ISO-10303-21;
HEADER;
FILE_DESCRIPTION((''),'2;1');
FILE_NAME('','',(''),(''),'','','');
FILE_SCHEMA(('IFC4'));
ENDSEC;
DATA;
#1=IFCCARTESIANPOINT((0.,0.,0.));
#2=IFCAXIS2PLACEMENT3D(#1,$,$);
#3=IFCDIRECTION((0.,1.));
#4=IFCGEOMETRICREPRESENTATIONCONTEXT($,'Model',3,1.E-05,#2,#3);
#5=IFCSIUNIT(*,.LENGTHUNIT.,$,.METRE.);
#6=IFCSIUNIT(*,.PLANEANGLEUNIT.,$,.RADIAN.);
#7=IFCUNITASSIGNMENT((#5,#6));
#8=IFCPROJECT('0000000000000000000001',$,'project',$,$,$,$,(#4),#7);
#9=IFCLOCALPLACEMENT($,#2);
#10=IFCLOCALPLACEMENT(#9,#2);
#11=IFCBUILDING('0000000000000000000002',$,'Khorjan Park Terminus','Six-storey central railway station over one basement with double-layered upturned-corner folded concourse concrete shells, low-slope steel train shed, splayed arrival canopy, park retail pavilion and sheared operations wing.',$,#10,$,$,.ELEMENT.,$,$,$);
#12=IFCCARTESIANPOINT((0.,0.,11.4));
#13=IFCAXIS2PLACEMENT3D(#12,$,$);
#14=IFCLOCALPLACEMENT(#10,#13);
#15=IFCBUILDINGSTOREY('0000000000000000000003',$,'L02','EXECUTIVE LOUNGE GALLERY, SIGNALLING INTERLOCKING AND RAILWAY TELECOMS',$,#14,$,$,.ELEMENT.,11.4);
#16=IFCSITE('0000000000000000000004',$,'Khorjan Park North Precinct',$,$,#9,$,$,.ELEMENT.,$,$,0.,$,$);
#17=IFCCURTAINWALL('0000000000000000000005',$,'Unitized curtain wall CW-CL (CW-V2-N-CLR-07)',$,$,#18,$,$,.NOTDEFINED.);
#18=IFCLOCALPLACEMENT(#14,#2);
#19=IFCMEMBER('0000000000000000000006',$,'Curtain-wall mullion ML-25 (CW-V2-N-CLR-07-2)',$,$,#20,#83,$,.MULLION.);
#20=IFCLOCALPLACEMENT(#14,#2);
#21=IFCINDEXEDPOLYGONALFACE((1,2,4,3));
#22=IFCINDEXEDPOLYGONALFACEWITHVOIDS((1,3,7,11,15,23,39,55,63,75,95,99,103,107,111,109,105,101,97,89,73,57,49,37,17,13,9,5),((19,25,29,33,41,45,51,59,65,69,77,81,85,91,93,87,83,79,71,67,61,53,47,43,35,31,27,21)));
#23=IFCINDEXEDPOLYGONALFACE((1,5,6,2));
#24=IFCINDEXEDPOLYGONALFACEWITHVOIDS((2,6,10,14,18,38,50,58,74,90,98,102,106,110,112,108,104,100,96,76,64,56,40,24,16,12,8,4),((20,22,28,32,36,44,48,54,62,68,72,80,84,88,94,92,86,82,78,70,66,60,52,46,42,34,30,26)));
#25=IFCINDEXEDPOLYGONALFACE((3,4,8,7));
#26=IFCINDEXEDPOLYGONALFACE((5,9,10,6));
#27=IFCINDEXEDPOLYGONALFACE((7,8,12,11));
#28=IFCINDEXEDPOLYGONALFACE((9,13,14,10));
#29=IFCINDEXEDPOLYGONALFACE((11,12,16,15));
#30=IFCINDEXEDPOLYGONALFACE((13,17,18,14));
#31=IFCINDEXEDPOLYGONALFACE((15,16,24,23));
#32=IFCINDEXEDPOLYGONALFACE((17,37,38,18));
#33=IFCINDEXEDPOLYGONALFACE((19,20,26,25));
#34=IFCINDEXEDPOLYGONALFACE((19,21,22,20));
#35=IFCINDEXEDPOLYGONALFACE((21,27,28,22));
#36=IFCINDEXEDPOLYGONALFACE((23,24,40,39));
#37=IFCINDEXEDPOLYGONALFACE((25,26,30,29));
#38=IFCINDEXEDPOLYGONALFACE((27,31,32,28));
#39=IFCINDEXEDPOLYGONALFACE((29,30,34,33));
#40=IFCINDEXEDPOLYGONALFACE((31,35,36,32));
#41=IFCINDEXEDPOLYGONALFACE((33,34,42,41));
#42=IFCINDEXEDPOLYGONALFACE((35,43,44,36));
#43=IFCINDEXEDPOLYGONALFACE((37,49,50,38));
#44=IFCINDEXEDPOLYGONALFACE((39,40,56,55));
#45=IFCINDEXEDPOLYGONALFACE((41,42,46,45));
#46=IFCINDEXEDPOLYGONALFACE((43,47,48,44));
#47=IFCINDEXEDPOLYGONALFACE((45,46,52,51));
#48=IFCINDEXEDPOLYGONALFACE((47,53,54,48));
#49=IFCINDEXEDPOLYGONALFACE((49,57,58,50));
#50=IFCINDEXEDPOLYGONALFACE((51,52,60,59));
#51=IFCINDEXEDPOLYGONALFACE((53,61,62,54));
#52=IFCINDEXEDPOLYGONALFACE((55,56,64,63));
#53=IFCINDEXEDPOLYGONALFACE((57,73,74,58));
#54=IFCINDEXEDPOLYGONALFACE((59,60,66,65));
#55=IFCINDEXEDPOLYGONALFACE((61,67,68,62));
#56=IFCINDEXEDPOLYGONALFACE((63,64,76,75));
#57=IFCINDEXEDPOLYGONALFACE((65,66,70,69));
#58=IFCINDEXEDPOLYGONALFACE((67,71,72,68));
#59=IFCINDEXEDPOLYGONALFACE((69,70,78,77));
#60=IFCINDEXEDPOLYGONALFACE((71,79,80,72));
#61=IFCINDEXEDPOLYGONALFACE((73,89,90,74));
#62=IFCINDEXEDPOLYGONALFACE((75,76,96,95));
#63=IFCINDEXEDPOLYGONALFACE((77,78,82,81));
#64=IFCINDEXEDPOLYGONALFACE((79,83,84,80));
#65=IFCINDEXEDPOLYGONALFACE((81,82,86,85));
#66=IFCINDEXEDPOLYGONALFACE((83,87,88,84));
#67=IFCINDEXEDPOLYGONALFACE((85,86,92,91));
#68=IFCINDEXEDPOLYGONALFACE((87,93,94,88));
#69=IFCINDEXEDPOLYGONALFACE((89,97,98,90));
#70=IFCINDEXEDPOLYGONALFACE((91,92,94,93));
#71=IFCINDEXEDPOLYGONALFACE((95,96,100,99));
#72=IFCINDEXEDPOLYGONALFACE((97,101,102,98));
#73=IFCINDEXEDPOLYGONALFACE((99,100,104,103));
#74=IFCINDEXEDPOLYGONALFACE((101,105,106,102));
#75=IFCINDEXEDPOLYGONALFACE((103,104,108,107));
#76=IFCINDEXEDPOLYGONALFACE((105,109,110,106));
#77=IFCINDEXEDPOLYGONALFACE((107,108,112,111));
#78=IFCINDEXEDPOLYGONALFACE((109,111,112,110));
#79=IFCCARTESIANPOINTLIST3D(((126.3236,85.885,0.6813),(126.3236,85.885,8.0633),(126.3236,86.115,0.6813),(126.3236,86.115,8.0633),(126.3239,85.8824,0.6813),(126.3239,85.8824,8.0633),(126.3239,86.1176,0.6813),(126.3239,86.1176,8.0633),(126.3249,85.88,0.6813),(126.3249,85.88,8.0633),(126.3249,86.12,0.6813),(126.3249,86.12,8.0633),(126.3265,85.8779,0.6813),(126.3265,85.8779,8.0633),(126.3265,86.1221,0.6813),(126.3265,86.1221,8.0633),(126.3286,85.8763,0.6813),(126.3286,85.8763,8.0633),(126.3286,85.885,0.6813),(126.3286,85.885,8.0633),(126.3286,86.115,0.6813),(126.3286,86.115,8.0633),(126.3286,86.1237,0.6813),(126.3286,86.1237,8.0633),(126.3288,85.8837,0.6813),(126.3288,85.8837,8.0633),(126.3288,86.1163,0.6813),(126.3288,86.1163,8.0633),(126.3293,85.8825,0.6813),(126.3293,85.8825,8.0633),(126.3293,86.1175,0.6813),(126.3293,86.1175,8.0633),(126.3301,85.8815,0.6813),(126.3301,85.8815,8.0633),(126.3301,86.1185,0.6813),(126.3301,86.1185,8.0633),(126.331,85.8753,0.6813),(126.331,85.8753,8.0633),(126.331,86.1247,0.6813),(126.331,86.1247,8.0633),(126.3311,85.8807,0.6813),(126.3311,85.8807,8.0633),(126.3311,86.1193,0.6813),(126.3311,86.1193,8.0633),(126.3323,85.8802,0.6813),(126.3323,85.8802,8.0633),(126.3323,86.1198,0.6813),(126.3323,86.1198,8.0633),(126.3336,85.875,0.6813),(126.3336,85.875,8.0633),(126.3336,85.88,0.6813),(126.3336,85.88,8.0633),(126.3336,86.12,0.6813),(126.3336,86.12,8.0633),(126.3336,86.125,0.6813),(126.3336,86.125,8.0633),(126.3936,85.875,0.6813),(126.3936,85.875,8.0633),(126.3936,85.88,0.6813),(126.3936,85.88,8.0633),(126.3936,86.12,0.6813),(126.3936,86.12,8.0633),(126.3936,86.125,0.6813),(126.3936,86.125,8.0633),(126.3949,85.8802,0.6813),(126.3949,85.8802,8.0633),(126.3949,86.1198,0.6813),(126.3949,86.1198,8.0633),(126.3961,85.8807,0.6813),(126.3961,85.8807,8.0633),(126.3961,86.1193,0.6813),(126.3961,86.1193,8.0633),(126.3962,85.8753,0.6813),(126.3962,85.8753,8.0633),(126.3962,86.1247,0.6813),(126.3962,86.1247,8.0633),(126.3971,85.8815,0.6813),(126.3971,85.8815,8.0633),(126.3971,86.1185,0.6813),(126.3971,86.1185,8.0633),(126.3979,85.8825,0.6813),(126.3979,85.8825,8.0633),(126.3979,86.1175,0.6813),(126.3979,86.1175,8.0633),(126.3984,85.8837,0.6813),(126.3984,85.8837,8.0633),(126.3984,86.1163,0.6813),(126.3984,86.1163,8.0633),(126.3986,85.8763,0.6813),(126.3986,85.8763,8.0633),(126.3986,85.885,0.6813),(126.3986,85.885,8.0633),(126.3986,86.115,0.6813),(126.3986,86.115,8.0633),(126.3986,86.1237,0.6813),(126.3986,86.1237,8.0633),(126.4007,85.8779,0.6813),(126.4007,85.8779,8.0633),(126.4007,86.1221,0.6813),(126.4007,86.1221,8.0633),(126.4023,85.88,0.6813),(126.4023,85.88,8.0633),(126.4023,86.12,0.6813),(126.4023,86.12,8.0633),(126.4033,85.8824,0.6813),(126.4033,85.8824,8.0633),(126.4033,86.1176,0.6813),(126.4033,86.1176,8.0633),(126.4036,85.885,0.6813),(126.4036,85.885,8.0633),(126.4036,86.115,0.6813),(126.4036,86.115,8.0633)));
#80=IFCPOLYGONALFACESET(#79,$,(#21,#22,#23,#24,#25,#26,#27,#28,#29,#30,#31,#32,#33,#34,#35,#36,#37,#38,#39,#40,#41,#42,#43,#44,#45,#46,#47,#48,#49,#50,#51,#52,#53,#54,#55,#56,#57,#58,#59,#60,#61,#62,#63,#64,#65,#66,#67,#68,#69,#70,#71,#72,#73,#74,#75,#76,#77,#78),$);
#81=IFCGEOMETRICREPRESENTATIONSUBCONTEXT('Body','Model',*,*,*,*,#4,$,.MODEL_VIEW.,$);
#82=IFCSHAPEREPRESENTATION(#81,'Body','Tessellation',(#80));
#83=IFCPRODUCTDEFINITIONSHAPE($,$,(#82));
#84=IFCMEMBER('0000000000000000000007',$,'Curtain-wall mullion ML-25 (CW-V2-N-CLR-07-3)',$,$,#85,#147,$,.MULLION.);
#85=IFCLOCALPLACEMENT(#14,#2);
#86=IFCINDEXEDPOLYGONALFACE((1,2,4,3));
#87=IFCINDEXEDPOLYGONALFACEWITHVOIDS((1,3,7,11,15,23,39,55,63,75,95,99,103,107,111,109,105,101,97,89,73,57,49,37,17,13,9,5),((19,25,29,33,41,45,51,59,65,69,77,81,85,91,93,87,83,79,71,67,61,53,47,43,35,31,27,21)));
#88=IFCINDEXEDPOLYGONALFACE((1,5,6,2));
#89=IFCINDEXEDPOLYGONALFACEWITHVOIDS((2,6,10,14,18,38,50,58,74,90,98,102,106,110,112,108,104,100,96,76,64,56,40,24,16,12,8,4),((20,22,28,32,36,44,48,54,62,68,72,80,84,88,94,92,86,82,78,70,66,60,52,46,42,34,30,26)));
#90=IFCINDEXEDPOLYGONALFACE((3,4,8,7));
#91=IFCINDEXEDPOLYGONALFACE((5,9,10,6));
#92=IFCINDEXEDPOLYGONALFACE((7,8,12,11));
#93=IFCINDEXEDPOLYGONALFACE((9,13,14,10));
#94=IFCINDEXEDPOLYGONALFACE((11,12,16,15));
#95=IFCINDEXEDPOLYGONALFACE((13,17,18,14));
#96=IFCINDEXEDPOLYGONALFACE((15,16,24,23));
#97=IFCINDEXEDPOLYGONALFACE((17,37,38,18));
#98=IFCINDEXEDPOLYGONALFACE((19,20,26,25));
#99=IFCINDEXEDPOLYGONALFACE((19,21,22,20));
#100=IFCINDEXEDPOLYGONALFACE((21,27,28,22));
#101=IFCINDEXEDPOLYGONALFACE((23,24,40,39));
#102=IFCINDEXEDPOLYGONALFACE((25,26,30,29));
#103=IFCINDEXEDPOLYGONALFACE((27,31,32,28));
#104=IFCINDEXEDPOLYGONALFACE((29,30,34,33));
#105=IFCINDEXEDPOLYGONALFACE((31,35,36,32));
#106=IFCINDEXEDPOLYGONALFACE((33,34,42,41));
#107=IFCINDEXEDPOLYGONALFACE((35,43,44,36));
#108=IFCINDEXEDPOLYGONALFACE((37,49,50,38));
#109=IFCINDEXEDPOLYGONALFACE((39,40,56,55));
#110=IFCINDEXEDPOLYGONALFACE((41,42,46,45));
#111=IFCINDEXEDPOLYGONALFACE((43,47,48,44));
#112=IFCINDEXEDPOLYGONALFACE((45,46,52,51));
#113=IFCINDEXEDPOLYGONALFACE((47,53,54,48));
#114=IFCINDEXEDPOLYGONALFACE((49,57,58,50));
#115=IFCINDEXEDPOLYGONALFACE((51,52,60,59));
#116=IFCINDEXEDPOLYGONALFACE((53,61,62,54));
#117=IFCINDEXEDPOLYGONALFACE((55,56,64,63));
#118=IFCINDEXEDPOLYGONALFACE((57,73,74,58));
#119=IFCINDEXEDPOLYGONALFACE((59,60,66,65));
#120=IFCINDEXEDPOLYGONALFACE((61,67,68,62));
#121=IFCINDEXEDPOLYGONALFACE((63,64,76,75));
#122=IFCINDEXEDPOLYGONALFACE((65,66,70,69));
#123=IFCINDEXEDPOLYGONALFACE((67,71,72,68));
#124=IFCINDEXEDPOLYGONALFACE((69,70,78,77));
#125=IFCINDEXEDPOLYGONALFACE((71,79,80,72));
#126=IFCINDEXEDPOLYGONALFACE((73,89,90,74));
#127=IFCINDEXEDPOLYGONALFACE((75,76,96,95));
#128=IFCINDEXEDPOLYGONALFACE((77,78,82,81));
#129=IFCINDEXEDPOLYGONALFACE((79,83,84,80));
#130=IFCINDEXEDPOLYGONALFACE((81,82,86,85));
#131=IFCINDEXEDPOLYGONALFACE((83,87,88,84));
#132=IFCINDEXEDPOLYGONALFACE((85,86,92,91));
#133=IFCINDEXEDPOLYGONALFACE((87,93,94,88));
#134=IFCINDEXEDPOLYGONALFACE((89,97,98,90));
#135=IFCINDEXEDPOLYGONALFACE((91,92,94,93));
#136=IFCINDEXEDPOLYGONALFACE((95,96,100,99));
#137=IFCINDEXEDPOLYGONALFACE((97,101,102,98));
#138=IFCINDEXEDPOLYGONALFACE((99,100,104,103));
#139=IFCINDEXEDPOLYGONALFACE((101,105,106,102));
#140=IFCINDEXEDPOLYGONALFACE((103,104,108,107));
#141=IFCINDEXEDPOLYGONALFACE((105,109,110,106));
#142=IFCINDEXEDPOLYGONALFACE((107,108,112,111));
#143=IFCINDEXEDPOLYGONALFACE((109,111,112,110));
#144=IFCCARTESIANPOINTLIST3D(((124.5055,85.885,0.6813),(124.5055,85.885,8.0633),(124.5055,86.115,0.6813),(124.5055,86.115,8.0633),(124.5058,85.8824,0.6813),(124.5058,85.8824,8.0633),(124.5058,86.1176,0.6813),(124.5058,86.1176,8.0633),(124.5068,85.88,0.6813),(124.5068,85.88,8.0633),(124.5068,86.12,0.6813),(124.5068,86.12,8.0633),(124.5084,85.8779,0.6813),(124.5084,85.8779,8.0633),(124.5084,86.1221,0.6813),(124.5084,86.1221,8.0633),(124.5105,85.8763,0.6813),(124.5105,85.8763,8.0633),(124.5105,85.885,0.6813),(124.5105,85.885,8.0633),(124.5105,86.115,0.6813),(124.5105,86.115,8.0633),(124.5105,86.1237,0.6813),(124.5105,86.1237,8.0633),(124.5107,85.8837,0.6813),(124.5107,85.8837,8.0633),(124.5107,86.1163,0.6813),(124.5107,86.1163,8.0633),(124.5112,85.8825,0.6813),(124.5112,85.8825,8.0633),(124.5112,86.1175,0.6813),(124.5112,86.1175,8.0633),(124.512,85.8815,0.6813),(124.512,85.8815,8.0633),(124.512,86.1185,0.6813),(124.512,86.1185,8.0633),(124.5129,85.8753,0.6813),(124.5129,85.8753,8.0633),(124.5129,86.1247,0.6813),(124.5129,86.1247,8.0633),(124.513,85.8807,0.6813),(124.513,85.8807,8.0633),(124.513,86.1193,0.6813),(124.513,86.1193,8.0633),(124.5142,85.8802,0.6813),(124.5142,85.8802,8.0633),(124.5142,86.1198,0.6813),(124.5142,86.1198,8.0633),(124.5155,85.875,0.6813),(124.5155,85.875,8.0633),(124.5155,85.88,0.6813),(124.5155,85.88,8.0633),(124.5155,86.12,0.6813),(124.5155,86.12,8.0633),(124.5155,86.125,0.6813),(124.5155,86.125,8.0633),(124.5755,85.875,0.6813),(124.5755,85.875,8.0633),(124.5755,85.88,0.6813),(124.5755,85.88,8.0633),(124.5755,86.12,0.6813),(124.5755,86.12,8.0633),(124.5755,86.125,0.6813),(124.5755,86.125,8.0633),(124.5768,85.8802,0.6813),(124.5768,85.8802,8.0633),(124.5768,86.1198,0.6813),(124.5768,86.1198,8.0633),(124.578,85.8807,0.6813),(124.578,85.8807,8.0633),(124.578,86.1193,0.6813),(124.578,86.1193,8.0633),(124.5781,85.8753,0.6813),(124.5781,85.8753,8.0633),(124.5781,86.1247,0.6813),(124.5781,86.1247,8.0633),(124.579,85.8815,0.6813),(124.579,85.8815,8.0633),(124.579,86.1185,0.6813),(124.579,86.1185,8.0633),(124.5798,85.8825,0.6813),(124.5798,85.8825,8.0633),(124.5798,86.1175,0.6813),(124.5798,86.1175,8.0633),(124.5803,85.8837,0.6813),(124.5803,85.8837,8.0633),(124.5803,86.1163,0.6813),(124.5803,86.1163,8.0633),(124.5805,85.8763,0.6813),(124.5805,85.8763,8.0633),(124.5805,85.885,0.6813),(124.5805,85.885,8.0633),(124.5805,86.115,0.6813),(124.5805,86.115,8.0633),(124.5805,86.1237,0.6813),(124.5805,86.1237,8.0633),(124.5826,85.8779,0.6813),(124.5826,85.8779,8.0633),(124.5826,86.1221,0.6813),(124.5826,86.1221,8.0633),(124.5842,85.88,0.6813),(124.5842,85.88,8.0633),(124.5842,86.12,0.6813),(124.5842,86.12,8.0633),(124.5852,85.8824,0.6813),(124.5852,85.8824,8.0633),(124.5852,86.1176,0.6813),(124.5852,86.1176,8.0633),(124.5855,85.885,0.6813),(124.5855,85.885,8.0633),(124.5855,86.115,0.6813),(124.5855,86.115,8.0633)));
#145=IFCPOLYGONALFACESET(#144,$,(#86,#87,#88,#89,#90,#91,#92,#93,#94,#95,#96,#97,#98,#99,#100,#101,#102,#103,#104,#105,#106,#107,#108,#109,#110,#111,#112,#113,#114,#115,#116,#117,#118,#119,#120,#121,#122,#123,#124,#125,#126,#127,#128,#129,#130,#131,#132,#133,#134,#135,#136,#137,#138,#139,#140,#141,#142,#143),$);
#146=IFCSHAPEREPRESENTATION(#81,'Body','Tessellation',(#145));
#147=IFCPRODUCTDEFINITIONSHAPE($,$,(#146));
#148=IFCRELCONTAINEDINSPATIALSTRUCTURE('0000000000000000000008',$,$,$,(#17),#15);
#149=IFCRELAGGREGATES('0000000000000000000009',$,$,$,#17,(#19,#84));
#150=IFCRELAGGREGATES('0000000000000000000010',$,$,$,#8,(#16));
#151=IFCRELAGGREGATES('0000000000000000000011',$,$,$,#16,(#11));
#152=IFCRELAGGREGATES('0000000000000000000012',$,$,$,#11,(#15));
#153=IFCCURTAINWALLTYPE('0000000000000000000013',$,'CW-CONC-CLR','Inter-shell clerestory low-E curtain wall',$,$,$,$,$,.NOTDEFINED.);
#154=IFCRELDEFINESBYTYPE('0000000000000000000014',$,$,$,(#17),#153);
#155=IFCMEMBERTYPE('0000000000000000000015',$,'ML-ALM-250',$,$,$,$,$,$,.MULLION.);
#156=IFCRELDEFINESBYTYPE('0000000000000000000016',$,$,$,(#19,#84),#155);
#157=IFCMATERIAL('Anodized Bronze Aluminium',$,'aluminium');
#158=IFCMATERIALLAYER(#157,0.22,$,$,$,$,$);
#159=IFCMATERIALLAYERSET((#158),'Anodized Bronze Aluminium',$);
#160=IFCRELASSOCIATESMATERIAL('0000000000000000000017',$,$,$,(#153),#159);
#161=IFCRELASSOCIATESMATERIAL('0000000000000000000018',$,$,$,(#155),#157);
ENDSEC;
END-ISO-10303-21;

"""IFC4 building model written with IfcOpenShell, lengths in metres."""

from ifc_helpers import new_model, si_unit, direction, frame, origin, origin_2d, place, context, subcontext, project, spatial, hollow_rectangle, extrude, material, layer, layer_set, material_profile, profile_set, type_object, element, aggregate, save


model = new_model("IFC4")

# Units and contexts
model_context = context("Model", 3, precision=1e-05, world=origin(), true_north=direction((0.0, 1.0)))
body_context = subcontext(model_context, "Body", "Model", "MODEL_VIEW")
ifc_project = project(units=[si_unit("LENGTHUNIT", "METRE"), si_unit("PLANEANGLEUNIT", "RADIAN")], contexts=[model_context])

# Site, building, storey
site_placement = place(None, origin())
site = spatial("IfcSite", under=ifc_project, at=site_placement, Name="Khorjan Park North Precinct", CompositionType="ELEMENT", RefElevation=0.0)
building_placement = place(site_placement, origin())
building = spatial("IfcBuilding", under=site, at=building_placement, Name="Khorjan Park Terminus", Description="Six-storey central railway station over one basement with double-layered upturned-corner folded concourse concrete shells, low-slope steel train shed, splayed arrival canopy, park retail pavilion and sheared operations wing.", CompositionType="ELEMENT")
storey_placement = place(building_placement, frame((0.0, 0.0, 11.4)))
storey = spatial("IfcBuildingStorey", under=building, at=storey_placement, Name="L02", Description="EXECUTIVE LOUNGE GALLERY, SIGNALLING INTERLOCKING AND RAILWAY TELECOMS", CompositionType="ELEMENT", Elevation=11.4)

# Curtain wall, members
ifc_material_1 = material(Name="Anodized Bronze Aluminium", Category="aluminium")
ifc_layer_1 = layer(ifc_material_1, 0.22)
ifc_layer_set_1 = layer_set([ifc_layer_1], Name="Anodized Bronze Aluminium")
curtain_wall_type = type_object("IfcCurtainWallType", Name="CW-CONC-CLR", Description="Inter-shell clerestory low-E curtain wall", PredefinedType="NOTDEFINED", material=ifc_layer_set_1)
curtain_wall_placement = place(storey_placement, origin())
curtain_wall = element("IfcCurtainWall", 1, at=curtain_wall_placement, inside=storey, type_object=curtain_wall_type, Name="Unitized curtain wall CW-CL (CW-V2-N-CLR-07)", PredefinedType="NOTDEFINED")
ifc_material_profile_1 = material_profile(ifc_material_1, hollow_rectangle(XDim=0.08, YDim=0.25, WallThickness=0.005, InnerFilletRadius=0.005, OuterFilletRadius=0.01, at=origin_2d()), Name="ALM 80x250x5")
ifc_profile_set_1 = profile_set([ifc_material_profile_1], Name="Anodized Bronze Aluminium")
member_type_1 = type_object("IfcMemberType", Name="ML-ALM-250", PredefinedType="MULLION", material=ifc_profile_set_1)
member_1_placement = place(storey_placement, frame((126.3636, 86.0, 0.6813), z_axis=(0.0, 0.0, 1.0), x_axis=(-1.0, 0.0, 0.0)))
member_1 = element("IfcMember", 2, at=member_1_placement, type_object=member_type_1, Name="Curtain-wall mullion ML-25 (CW-V2-N-CLR-07-2)", PredefinedType="MULLION", context=body_context, shape_type="SweptSolid", body=[
    extrude(hollow_rectangle(XDim=0.08, YDim=0.25, WallThickness=0.005, InnerFilletRadius=0.005, OuterFilletRadius=0.01, at=origin_2d()), origin(), (0.0, 0.0, 1.0), 7.382),
])
member_2_placement = place(storey_placement, frame((124.5455, 86.0, 0.6813), z_axis=(0.0, 0.0, 1.0), x_axis=(-1.0, 0.0, 0.0)))
member_2 = element("IfcMember", 3, at=member_2_placement, type_object=member_type_1, Name="Curtain-wall mullion ML-25 (CW-V2-N-CLR-07-3)", PredefinedType="MULLION", context=body_context, shape_type="SweptSolid", body=[
    extrude(hollow_rectangle(XDim=0.08, YDim=0.25, WallThickness=0.005, InnerFilletRadius=0.005, OuterFilletRadius=0.01, at=origin_2d()), origin(), (0.0, 0.0, 1.0), 7.382),
])

aggregate(curtain_wall, [member_1, member_2])

save(model, "model.ifc")
